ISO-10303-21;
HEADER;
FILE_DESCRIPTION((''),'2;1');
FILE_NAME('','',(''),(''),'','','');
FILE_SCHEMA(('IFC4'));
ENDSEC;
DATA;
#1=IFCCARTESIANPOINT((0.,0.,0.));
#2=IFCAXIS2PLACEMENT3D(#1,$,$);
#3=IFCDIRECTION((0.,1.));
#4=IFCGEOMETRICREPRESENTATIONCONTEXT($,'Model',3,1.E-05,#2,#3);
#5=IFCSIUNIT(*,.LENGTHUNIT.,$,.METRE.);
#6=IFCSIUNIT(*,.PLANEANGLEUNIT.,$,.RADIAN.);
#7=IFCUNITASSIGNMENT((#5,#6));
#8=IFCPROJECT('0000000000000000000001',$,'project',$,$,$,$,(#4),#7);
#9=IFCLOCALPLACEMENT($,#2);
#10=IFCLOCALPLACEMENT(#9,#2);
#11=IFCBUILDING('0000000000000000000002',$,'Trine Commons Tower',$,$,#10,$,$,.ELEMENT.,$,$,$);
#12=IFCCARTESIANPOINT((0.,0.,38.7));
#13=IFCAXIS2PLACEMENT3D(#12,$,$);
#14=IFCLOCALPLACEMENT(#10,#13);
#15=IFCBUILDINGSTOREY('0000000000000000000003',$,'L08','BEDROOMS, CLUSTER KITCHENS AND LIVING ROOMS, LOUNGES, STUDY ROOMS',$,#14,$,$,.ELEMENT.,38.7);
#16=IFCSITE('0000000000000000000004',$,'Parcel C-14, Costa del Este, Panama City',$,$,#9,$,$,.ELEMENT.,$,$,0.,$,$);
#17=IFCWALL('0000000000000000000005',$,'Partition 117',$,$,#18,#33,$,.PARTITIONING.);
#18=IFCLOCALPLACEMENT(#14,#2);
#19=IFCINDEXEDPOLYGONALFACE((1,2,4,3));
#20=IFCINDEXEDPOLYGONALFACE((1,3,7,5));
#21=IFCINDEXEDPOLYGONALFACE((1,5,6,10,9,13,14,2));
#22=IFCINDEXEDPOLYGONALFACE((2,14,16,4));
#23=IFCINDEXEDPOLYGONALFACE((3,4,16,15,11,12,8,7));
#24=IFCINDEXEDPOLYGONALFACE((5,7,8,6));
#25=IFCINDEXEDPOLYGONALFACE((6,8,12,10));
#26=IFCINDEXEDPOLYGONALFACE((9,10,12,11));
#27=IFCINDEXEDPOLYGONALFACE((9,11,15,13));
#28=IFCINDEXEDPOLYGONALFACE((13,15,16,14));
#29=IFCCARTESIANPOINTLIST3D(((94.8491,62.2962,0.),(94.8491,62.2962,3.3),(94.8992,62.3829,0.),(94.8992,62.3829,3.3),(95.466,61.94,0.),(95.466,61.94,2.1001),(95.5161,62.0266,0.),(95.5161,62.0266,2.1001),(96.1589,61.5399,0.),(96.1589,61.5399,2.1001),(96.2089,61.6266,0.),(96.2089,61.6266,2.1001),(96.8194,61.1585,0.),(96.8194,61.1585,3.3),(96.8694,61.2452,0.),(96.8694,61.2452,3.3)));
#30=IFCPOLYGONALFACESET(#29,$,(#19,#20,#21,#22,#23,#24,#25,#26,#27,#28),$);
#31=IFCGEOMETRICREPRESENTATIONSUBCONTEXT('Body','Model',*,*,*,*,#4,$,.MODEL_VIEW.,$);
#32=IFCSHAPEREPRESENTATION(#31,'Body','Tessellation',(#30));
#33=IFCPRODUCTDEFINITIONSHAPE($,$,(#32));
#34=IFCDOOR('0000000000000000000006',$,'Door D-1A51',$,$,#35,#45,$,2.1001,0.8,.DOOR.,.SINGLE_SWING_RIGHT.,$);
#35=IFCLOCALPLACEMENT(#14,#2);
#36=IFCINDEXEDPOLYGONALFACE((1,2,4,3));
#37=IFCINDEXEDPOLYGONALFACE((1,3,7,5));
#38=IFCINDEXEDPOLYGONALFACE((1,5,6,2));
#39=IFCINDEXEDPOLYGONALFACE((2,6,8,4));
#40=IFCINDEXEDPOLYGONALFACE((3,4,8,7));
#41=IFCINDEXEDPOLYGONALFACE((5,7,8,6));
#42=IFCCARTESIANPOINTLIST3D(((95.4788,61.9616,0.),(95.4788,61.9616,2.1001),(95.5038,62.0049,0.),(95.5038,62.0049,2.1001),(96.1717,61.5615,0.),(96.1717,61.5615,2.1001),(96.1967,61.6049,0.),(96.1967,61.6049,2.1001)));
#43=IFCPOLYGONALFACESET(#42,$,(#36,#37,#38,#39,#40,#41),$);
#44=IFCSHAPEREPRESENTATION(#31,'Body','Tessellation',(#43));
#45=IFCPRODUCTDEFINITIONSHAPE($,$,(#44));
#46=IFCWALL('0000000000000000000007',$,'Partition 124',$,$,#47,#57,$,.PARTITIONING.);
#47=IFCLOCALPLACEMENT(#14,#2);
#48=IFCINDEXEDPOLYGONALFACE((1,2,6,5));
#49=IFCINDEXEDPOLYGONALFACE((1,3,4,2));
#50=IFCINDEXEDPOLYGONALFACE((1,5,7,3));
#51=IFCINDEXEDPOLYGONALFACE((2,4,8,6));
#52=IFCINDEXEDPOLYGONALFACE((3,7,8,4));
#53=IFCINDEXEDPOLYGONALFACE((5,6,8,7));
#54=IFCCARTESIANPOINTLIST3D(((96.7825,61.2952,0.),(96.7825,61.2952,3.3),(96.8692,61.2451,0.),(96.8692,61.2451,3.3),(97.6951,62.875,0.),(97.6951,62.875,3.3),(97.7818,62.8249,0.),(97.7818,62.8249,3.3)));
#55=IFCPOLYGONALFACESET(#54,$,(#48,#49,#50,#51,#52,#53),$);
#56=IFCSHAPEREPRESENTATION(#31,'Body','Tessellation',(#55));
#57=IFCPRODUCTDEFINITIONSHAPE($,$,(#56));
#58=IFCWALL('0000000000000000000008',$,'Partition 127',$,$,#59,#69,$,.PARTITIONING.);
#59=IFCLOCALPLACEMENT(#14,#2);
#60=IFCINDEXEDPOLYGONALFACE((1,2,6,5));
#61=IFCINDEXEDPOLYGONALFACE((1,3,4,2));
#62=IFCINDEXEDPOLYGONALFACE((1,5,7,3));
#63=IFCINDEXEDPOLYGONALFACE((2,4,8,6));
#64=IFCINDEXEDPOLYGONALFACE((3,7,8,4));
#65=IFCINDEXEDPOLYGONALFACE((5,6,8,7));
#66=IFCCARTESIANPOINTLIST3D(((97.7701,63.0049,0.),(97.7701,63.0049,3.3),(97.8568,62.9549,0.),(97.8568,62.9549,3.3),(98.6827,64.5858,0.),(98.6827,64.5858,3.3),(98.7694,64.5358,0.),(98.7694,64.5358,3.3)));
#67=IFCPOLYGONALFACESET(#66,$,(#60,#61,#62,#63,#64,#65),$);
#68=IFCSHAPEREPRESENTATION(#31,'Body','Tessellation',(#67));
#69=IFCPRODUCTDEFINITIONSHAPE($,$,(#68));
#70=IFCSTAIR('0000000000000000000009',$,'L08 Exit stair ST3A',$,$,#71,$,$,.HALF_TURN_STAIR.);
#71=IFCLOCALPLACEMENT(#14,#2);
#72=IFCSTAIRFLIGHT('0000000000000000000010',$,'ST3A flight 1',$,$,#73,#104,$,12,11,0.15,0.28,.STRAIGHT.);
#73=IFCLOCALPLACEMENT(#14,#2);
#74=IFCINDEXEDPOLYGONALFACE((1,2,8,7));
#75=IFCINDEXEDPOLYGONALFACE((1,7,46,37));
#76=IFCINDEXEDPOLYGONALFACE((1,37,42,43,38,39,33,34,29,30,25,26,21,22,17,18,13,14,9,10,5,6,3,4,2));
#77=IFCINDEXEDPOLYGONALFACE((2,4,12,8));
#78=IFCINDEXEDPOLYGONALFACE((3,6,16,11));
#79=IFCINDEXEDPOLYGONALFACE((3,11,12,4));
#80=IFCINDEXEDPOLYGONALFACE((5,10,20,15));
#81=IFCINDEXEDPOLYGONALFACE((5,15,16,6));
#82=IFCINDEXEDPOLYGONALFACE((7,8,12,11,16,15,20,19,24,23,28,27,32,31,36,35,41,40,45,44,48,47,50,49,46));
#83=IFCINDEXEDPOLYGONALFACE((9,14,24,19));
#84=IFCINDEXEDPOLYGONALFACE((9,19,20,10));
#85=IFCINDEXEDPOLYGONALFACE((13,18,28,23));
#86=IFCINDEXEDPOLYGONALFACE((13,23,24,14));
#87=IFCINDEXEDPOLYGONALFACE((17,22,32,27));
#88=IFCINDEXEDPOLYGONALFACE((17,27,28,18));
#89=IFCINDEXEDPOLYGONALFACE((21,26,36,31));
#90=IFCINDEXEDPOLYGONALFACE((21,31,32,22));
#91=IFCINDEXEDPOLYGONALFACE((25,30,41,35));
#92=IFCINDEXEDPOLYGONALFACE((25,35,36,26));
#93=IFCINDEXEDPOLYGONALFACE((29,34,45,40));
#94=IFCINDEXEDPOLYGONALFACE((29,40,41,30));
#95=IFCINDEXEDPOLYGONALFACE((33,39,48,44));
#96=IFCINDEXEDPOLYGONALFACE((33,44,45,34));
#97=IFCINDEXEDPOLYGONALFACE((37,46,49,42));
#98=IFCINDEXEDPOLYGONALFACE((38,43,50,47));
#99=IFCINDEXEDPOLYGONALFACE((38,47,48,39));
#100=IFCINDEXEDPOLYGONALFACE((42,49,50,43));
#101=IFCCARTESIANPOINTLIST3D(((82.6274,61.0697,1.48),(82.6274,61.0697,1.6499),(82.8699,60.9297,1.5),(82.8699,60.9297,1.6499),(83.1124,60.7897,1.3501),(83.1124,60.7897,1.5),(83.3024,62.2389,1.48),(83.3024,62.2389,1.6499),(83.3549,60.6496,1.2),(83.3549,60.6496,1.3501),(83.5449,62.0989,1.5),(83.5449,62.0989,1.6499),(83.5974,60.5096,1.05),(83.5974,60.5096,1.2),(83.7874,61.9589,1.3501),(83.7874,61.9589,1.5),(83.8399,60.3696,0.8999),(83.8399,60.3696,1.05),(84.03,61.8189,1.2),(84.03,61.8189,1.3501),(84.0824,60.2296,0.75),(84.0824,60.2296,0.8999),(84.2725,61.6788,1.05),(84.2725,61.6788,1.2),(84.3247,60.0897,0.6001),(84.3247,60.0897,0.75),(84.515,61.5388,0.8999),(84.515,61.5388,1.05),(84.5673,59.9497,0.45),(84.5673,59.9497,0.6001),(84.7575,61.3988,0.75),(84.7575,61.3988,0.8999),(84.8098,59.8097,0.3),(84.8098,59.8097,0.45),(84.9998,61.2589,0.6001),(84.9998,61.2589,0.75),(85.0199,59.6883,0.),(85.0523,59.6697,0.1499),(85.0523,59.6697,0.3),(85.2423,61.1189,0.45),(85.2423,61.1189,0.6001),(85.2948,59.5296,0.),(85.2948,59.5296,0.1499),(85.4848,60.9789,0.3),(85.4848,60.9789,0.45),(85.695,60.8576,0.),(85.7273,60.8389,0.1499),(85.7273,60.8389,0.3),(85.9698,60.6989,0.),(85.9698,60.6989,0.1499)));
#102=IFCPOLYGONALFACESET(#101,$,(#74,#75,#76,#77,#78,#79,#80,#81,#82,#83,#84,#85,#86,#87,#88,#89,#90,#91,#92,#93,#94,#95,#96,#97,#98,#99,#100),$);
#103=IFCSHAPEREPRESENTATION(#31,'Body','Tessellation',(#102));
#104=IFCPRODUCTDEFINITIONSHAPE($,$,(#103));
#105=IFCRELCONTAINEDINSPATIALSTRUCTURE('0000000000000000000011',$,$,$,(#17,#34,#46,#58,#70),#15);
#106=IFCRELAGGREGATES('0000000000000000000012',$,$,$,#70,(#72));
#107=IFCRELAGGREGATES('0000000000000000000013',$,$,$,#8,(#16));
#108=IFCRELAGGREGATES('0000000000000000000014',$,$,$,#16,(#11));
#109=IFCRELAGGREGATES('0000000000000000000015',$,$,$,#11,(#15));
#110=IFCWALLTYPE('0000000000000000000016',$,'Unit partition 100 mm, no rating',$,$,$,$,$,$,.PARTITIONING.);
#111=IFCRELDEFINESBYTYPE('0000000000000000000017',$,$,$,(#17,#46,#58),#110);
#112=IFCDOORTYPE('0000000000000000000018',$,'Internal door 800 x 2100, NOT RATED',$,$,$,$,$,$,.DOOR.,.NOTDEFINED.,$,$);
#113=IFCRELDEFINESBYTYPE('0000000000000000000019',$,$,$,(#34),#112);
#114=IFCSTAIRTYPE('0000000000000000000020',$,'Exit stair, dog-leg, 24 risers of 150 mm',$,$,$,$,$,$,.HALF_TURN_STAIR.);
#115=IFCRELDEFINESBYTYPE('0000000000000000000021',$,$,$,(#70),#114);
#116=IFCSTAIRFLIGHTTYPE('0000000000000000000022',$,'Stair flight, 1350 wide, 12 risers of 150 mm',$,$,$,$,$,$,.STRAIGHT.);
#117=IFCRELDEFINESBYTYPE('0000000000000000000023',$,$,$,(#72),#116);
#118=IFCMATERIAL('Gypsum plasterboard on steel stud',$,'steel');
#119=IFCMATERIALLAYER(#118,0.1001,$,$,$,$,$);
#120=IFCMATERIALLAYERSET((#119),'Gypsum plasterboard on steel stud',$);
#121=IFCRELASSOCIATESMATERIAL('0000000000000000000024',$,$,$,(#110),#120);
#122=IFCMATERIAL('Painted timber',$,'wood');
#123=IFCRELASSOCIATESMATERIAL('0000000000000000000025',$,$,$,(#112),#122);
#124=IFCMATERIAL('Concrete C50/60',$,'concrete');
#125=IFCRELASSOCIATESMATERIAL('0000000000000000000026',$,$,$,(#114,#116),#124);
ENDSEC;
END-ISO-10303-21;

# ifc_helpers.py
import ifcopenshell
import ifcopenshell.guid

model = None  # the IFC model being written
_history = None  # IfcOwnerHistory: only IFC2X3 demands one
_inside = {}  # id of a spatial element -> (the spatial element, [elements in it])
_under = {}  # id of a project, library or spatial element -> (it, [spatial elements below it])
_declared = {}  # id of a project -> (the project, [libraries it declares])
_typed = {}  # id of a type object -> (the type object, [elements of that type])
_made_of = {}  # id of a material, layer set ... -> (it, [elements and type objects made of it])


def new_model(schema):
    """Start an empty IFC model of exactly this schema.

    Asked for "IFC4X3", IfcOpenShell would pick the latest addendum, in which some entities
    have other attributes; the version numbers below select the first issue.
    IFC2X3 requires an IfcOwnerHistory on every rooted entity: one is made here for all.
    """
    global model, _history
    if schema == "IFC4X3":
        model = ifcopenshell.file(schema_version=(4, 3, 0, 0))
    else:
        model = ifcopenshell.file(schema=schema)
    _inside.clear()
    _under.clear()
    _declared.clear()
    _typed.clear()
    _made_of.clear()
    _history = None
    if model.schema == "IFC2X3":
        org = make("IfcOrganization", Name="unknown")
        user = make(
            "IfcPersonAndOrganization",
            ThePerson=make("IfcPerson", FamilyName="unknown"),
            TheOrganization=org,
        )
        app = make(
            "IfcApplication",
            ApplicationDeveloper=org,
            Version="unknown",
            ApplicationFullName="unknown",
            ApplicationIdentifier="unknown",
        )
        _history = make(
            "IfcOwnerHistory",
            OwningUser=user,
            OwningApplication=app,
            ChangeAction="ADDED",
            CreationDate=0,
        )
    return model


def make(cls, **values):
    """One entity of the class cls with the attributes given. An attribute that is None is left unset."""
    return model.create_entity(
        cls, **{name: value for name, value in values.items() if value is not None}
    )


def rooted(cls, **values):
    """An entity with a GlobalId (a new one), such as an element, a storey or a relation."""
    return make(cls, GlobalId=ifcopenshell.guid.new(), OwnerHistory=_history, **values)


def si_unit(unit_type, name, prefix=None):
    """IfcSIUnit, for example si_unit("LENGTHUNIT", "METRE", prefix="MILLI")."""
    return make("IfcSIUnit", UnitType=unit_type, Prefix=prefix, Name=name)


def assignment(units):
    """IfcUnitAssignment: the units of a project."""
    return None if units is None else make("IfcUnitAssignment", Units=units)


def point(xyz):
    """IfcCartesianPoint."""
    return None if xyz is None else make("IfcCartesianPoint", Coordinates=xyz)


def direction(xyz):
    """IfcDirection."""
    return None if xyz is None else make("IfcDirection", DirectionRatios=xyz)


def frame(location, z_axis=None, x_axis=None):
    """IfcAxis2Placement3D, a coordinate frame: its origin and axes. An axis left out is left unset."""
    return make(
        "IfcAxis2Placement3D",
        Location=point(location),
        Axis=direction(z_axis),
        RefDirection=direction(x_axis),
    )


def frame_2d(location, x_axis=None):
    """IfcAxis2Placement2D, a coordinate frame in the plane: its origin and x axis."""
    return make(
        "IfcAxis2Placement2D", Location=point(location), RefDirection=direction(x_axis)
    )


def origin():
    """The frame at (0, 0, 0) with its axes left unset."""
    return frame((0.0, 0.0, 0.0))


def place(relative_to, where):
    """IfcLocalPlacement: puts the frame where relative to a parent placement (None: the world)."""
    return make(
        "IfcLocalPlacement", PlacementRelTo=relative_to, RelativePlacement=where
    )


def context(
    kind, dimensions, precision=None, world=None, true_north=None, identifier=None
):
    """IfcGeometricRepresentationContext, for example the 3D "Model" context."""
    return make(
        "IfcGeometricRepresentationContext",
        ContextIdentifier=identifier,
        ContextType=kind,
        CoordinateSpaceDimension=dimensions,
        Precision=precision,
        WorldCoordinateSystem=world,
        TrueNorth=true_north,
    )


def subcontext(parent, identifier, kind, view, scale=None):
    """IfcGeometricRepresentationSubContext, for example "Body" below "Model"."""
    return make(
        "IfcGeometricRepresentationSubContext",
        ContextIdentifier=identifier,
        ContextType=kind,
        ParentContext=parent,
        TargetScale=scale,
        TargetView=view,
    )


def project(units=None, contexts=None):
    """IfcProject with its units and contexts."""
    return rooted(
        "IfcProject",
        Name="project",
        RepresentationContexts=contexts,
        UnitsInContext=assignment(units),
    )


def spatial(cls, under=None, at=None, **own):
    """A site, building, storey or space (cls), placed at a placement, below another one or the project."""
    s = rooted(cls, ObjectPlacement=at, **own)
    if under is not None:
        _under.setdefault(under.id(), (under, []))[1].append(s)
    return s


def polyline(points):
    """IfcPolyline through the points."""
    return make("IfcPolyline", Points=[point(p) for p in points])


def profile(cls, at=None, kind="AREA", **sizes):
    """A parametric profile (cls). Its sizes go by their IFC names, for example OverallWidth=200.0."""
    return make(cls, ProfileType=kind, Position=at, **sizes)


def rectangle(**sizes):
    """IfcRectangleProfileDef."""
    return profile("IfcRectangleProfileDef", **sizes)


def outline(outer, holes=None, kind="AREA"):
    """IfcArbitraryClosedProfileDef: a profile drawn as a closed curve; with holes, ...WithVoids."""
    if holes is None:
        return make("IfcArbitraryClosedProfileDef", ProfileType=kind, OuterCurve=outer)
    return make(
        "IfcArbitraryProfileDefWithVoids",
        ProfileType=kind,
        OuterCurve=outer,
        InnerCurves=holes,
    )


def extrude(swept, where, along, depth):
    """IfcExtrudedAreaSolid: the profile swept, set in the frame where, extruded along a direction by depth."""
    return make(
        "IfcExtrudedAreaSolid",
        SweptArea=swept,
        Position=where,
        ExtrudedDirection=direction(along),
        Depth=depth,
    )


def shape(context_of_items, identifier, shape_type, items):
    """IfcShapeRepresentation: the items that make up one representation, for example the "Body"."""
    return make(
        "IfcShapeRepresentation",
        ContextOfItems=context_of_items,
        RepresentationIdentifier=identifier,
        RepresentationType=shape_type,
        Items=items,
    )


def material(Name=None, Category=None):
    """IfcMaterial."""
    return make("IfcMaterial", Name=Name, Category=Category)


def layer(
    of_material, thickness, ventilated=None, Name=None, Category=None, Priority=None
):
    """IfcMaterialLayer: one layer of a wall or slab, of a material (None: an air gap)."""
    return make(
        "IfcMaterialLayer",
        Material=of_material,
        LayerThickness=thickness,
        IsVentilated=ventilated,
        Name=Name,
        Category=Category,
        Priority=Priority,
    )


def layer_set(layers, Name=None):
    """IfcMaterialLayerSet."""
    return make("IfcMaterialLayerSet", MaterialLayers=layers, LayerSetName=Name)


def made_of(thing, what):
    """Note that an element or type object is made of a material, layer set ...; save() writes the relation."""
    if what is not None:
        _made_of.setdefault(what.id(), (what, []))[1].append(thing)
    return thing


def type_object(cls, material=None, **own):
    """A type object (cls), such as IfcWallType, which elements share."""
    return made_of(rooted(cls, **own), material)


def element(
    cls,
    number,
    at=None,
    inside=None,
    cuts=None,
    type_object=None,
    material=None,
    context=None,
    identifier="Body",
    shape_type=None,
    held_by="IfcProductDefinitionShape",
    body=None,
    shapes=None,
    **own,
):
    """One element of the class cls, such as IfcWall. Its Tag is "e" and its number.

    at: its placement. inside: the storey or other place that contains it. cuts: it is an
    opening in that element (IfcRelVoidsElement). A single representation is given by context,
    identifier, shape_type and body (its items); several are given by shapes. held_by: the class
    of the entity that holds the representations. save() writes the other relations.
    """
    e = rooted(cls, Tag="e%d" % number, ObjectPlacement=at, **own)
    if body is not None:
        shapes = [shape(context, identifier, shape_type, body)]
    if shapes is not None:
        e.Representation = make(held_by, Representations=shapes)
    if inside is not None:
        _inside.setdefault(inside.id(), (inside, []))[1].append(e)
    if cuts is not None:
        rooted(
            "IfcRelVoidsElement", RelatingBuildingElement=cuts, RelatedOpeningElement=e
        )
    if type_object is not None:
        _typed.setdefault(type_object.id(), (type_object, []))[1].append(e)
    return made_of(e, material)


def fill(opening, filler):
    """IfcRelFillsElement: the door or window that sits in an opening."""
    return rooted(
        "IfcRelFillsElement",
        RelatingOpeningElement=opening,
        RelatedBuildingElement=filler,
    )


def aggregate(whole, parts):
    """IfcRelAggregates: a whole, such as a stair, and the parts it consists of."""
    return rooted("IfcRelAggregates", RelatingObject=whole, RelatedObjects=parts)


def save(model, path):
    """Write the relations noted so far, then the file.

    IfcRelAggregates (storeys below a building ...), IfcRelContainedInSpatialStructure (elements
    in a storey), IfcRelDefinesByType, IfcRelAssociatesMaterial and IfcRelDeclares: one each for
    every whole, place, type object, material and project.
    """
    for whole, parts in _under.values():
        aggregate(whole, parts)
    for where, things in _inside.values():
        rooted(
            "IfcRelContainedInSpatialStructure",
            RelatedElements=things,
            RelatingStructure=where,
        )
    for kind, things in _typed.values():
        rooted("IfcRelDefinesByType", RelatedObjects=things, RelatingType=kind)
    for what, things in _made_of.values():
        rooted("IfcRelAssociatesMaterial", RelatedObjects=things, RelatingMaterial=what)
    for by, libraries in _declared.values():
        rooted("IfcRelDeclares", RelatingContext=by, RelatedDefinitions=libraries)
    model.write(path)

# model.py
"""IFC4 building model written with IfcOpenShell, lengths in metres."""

from ifc_helpers import new_model, si_unit, direction, frame, frame_2d, origin, place, context, subcontext, project, spatial, polyline, rectangle, outline, extrude, material, layer, layer_set, type_object, element, fill, aggregate, save


model = new_model("IFC4")

# Units and contexts
model_context = context("Model", 3, precision=1e-05, world=origin(), true_north=direction((0.0, 1.0)))
body_context = subcontext(model_context, "Body", "Model", "MODEL_VIEW")
ifc_project = project(units=[si_unit("LENGTHUNIT", "METRE"), si_unit("PLANEANGLEUNIT", "RADIAN")], contexts=[model_context])

# Site, building, storey
site_placement = place(None, origin())
site = spatial("IfcSite", under=ifc_project, at=site_placement, Name="Parcel C-14, Costa del Este, Panama City", CompositionType="ELEMENT", RefElevation=0.0)
building_placement = place(site_placement, origin())
building = spatial("IfcBuilding", under=site, at=building_placement, Name="Trine Commons Tower", CompositionType="ELEMENT")
storey_placement = place(building_placement, frame((0.0, 0.0, 38.7)))
storey = spatial("IfcBuildingStorey", under=building, at=storey_placement, Name="L08", Description="BEDROOMS, CLUSTER KITCHENS AND LIVING ROOMS, LOUNGES, STUDY ROOMS", CompositionType="ELEMENT", Elevation=38.7)

# Shared definitions
ifc_material_1 = material(Name="Concrete C50/60", Category="concrete")

# Shared definitions
ifc_material_2 = material(Name="Gypsum plasterboard on steel stud", Category="steel")

# Shared definitions
ifc_material_3 = material(Name="Painted timber", Category="wood")

# Wall, opening, door
ifc_layer_1 = layer(ifc_material_2, 0.1001)
ifc_layer_set_1 = layer_set([ifc_layer_1], Name="Gypsum plasterboard on steel stud")
wall_type_1 = type_object("IfcWallType", Name="Unit partition 100 mm, no rating", PredefinedType="PARTITIONING", material=ifc_layer_set_1)
door_type_1 = type_object("IfcDoorType", Name="Internal door 800 x 2100, NOT RATED", OperationType="NOTDEFINED", PredefinedType="DOOR", material=ifc_material_3)
wall_1_placement = place(storey_placement, frame((94.874, 62.3396, 0.0), z_axis=(0.0, 0.0, 1.0), x_axis=(0.865989, -0.500063, 0.0)))
wall_1 = element("IfcWall", 1, at=wall_1_placement, inside=storey, type_object=wall_type_1, Name="Partition 117", PredefinedType="PARTITIONING", context=body_context, shape_type="SweptSolid", body=[
    extrude(rectangle(XDim=2.2751, YDim=0.1001, at=frame_2d((1.1377, 0.0))), origin(), (0.0, 0.0, 1.0), 3.3),
])
opening_1_placement = place(wall_1_placement, frame((0.7126, 0.0, 0.0)))
opening_1 = element("IfcOpeningElement", 2, at=opening_1_placement, cuts=wall_1, PredefinedType="OPENING", context=body_context, shape_type="SweptSolid", body=[
    extrude(rectangle(XDim=0.8, YDim=2.1001, at=frame_2d((0.3999, 1.05))), frame((0.0, 0.0601, 0.0), z_axis=(0.0, -1.0, 0.0), x_axis=(1.0, 0.0, 0.0)), (0.0, 0.0, 1.0), 0.1201),
])
door_1_placement = place(opening_1_placement, frame((0.8, 0.0, 0.0), z_axis=(0.0, 0.0, 1.0), x_axis=(-1.0, 0.0, 0.0)))
door_1 = element("IfcDoor", 3, at=door_1_placement, inside=storey, type_object=door_type_1, Name="Door D-1A51", OperationType="SINGLE_SWING_RIGHT", OverallHeight=2.1001, OverallWidth=0.8, PredefinedType="DOOR", context=body_context, shape_type="SweptSolid", body=[
    extrude(rectangle(XDim=0.8, YDim=2.1001, at=frame_2d((0.3999, 1.05))), frame((0.0, 0.0249, 0.0), z_axis=(0.0, -1.0, 0.0), x_axis=(1.0, 0.0, 0.0)), (0.0, 0.0, 1.0), 0.05),
])
fill(opening_1, door_1)

# Walls
wall_2_placement = place(storey_placement, frame((96.8259, 61.2703, 0.0), z_axis=(0.0, 0.0, 1.0), x_axis=(0.500197, 0.865911, 0.0)))
element("IfcWall", 4, at=wall_2_placement, inside=storey, type_object=wall_type_1, Name="Partition 124", PredefinedType="PARTITIONING", context=body_context, shape_type="SweptSolid", body=[
    extrude(rectangle(XDim=1.8245, YDim=0.1001, at=frame_2d((0.9121, 0.0))), origin(), (0.0, 0.0, 1.0), 3.3),
])
wall_3_placement = place(storey_placement, frame((97.8135, 62.98, 0.0), z_axis=(0.0, 0.0, 1.0), x_axis=(0.499966, 0.866045, 0.0)))
element("IfcWall", 5, at=wall_3_placement, inside=storey, type_object=wall_type_1, Name="Partition 127", PredefinedType="PARTITIONING", context=body_context, shape_type="SweptSolid", body=[
    extrude(rectangle(XDim=1.8254, YDim=0.1001, at=frame_2d((0.9126, 0.0))), origin(), (0.0, 0.0, 1.0), 3.3),
])

# Stair, stair flight
stair_type = type_object("IfcStairType", Name="Exit stair, dog-leg, 24 risers of 150 mm", PredefinedType="HALF_TURN_STAIR", material=ifc_material_1)
stair_placement = place(storey_placement, origin())
stair = element("IfcStair", 6, at=stair_placement, inside=storey, type_object=stair_type, Name="L08 Exit stair ST3A", PredefinedType="HALF_TURN_STAIR")
stair_flight_type = type_object("IfcStairFlightType", Name="Stair flight, 1350 wide, 12 risers of 150 mm", PredefinedType="STRAIGHT", material=ifc_material_1)
stair_flight_placement = place(storey_placement, frame((85.6323, 60.1143, 0.0), z_axis=(0.0, 0.0, 1.0), x_axis=(-0.866025, 0.5, 0.0)))
stair_flight = element("IfcStairFlight", 7, at=stair_flight_placement, type_object=stair_flight_type, Name="ST3A flight 1", NumberOfRisers=12, NumberOfTreads=11, PredefinedType="STRAIGHT", RiserHeight=0.15, TreadLength=0.28, context=body_context, shape_type="SweptSolid", body=[
    extrude(outline(polyline([(0.0, 0.0), (0.0, 0.1499), (0.28, 0.1499), (0.28, 0.3), (0.5601, 0.3), (0.5601, 0.45), (0.8401, 0.45), (0.8401, 0.6001), (1.1201, 0.6001), (1.1201, 0.75), (1.3999, 0.75), (1.3999, 0.8999), (1.6799, 0.8999), (1.6799, 1.05), (1.96, 1.05), (1.96, 1.2), (2.24, 1.2), (2.24, 1.3501), (2.52, 1.3501), (2.52, 1.5), (2.8, 1.5), (2.8, 1.6499), (3.0801, 1.6499), (3.0801, 1.8), (3.0801, 1.48), (0.3174, 0.0), (0.0, 0.0)])), frame((0.0, 0.675, 0.0), z_axis=(0.0, -1.0, 0.0), x_axis=(1.0, 0.0, 0.0)), (0.0, 0.0, 1.0), 1.3501),
])
aggregate(stair, [stair_flight])

save(model, "model.ifc")
